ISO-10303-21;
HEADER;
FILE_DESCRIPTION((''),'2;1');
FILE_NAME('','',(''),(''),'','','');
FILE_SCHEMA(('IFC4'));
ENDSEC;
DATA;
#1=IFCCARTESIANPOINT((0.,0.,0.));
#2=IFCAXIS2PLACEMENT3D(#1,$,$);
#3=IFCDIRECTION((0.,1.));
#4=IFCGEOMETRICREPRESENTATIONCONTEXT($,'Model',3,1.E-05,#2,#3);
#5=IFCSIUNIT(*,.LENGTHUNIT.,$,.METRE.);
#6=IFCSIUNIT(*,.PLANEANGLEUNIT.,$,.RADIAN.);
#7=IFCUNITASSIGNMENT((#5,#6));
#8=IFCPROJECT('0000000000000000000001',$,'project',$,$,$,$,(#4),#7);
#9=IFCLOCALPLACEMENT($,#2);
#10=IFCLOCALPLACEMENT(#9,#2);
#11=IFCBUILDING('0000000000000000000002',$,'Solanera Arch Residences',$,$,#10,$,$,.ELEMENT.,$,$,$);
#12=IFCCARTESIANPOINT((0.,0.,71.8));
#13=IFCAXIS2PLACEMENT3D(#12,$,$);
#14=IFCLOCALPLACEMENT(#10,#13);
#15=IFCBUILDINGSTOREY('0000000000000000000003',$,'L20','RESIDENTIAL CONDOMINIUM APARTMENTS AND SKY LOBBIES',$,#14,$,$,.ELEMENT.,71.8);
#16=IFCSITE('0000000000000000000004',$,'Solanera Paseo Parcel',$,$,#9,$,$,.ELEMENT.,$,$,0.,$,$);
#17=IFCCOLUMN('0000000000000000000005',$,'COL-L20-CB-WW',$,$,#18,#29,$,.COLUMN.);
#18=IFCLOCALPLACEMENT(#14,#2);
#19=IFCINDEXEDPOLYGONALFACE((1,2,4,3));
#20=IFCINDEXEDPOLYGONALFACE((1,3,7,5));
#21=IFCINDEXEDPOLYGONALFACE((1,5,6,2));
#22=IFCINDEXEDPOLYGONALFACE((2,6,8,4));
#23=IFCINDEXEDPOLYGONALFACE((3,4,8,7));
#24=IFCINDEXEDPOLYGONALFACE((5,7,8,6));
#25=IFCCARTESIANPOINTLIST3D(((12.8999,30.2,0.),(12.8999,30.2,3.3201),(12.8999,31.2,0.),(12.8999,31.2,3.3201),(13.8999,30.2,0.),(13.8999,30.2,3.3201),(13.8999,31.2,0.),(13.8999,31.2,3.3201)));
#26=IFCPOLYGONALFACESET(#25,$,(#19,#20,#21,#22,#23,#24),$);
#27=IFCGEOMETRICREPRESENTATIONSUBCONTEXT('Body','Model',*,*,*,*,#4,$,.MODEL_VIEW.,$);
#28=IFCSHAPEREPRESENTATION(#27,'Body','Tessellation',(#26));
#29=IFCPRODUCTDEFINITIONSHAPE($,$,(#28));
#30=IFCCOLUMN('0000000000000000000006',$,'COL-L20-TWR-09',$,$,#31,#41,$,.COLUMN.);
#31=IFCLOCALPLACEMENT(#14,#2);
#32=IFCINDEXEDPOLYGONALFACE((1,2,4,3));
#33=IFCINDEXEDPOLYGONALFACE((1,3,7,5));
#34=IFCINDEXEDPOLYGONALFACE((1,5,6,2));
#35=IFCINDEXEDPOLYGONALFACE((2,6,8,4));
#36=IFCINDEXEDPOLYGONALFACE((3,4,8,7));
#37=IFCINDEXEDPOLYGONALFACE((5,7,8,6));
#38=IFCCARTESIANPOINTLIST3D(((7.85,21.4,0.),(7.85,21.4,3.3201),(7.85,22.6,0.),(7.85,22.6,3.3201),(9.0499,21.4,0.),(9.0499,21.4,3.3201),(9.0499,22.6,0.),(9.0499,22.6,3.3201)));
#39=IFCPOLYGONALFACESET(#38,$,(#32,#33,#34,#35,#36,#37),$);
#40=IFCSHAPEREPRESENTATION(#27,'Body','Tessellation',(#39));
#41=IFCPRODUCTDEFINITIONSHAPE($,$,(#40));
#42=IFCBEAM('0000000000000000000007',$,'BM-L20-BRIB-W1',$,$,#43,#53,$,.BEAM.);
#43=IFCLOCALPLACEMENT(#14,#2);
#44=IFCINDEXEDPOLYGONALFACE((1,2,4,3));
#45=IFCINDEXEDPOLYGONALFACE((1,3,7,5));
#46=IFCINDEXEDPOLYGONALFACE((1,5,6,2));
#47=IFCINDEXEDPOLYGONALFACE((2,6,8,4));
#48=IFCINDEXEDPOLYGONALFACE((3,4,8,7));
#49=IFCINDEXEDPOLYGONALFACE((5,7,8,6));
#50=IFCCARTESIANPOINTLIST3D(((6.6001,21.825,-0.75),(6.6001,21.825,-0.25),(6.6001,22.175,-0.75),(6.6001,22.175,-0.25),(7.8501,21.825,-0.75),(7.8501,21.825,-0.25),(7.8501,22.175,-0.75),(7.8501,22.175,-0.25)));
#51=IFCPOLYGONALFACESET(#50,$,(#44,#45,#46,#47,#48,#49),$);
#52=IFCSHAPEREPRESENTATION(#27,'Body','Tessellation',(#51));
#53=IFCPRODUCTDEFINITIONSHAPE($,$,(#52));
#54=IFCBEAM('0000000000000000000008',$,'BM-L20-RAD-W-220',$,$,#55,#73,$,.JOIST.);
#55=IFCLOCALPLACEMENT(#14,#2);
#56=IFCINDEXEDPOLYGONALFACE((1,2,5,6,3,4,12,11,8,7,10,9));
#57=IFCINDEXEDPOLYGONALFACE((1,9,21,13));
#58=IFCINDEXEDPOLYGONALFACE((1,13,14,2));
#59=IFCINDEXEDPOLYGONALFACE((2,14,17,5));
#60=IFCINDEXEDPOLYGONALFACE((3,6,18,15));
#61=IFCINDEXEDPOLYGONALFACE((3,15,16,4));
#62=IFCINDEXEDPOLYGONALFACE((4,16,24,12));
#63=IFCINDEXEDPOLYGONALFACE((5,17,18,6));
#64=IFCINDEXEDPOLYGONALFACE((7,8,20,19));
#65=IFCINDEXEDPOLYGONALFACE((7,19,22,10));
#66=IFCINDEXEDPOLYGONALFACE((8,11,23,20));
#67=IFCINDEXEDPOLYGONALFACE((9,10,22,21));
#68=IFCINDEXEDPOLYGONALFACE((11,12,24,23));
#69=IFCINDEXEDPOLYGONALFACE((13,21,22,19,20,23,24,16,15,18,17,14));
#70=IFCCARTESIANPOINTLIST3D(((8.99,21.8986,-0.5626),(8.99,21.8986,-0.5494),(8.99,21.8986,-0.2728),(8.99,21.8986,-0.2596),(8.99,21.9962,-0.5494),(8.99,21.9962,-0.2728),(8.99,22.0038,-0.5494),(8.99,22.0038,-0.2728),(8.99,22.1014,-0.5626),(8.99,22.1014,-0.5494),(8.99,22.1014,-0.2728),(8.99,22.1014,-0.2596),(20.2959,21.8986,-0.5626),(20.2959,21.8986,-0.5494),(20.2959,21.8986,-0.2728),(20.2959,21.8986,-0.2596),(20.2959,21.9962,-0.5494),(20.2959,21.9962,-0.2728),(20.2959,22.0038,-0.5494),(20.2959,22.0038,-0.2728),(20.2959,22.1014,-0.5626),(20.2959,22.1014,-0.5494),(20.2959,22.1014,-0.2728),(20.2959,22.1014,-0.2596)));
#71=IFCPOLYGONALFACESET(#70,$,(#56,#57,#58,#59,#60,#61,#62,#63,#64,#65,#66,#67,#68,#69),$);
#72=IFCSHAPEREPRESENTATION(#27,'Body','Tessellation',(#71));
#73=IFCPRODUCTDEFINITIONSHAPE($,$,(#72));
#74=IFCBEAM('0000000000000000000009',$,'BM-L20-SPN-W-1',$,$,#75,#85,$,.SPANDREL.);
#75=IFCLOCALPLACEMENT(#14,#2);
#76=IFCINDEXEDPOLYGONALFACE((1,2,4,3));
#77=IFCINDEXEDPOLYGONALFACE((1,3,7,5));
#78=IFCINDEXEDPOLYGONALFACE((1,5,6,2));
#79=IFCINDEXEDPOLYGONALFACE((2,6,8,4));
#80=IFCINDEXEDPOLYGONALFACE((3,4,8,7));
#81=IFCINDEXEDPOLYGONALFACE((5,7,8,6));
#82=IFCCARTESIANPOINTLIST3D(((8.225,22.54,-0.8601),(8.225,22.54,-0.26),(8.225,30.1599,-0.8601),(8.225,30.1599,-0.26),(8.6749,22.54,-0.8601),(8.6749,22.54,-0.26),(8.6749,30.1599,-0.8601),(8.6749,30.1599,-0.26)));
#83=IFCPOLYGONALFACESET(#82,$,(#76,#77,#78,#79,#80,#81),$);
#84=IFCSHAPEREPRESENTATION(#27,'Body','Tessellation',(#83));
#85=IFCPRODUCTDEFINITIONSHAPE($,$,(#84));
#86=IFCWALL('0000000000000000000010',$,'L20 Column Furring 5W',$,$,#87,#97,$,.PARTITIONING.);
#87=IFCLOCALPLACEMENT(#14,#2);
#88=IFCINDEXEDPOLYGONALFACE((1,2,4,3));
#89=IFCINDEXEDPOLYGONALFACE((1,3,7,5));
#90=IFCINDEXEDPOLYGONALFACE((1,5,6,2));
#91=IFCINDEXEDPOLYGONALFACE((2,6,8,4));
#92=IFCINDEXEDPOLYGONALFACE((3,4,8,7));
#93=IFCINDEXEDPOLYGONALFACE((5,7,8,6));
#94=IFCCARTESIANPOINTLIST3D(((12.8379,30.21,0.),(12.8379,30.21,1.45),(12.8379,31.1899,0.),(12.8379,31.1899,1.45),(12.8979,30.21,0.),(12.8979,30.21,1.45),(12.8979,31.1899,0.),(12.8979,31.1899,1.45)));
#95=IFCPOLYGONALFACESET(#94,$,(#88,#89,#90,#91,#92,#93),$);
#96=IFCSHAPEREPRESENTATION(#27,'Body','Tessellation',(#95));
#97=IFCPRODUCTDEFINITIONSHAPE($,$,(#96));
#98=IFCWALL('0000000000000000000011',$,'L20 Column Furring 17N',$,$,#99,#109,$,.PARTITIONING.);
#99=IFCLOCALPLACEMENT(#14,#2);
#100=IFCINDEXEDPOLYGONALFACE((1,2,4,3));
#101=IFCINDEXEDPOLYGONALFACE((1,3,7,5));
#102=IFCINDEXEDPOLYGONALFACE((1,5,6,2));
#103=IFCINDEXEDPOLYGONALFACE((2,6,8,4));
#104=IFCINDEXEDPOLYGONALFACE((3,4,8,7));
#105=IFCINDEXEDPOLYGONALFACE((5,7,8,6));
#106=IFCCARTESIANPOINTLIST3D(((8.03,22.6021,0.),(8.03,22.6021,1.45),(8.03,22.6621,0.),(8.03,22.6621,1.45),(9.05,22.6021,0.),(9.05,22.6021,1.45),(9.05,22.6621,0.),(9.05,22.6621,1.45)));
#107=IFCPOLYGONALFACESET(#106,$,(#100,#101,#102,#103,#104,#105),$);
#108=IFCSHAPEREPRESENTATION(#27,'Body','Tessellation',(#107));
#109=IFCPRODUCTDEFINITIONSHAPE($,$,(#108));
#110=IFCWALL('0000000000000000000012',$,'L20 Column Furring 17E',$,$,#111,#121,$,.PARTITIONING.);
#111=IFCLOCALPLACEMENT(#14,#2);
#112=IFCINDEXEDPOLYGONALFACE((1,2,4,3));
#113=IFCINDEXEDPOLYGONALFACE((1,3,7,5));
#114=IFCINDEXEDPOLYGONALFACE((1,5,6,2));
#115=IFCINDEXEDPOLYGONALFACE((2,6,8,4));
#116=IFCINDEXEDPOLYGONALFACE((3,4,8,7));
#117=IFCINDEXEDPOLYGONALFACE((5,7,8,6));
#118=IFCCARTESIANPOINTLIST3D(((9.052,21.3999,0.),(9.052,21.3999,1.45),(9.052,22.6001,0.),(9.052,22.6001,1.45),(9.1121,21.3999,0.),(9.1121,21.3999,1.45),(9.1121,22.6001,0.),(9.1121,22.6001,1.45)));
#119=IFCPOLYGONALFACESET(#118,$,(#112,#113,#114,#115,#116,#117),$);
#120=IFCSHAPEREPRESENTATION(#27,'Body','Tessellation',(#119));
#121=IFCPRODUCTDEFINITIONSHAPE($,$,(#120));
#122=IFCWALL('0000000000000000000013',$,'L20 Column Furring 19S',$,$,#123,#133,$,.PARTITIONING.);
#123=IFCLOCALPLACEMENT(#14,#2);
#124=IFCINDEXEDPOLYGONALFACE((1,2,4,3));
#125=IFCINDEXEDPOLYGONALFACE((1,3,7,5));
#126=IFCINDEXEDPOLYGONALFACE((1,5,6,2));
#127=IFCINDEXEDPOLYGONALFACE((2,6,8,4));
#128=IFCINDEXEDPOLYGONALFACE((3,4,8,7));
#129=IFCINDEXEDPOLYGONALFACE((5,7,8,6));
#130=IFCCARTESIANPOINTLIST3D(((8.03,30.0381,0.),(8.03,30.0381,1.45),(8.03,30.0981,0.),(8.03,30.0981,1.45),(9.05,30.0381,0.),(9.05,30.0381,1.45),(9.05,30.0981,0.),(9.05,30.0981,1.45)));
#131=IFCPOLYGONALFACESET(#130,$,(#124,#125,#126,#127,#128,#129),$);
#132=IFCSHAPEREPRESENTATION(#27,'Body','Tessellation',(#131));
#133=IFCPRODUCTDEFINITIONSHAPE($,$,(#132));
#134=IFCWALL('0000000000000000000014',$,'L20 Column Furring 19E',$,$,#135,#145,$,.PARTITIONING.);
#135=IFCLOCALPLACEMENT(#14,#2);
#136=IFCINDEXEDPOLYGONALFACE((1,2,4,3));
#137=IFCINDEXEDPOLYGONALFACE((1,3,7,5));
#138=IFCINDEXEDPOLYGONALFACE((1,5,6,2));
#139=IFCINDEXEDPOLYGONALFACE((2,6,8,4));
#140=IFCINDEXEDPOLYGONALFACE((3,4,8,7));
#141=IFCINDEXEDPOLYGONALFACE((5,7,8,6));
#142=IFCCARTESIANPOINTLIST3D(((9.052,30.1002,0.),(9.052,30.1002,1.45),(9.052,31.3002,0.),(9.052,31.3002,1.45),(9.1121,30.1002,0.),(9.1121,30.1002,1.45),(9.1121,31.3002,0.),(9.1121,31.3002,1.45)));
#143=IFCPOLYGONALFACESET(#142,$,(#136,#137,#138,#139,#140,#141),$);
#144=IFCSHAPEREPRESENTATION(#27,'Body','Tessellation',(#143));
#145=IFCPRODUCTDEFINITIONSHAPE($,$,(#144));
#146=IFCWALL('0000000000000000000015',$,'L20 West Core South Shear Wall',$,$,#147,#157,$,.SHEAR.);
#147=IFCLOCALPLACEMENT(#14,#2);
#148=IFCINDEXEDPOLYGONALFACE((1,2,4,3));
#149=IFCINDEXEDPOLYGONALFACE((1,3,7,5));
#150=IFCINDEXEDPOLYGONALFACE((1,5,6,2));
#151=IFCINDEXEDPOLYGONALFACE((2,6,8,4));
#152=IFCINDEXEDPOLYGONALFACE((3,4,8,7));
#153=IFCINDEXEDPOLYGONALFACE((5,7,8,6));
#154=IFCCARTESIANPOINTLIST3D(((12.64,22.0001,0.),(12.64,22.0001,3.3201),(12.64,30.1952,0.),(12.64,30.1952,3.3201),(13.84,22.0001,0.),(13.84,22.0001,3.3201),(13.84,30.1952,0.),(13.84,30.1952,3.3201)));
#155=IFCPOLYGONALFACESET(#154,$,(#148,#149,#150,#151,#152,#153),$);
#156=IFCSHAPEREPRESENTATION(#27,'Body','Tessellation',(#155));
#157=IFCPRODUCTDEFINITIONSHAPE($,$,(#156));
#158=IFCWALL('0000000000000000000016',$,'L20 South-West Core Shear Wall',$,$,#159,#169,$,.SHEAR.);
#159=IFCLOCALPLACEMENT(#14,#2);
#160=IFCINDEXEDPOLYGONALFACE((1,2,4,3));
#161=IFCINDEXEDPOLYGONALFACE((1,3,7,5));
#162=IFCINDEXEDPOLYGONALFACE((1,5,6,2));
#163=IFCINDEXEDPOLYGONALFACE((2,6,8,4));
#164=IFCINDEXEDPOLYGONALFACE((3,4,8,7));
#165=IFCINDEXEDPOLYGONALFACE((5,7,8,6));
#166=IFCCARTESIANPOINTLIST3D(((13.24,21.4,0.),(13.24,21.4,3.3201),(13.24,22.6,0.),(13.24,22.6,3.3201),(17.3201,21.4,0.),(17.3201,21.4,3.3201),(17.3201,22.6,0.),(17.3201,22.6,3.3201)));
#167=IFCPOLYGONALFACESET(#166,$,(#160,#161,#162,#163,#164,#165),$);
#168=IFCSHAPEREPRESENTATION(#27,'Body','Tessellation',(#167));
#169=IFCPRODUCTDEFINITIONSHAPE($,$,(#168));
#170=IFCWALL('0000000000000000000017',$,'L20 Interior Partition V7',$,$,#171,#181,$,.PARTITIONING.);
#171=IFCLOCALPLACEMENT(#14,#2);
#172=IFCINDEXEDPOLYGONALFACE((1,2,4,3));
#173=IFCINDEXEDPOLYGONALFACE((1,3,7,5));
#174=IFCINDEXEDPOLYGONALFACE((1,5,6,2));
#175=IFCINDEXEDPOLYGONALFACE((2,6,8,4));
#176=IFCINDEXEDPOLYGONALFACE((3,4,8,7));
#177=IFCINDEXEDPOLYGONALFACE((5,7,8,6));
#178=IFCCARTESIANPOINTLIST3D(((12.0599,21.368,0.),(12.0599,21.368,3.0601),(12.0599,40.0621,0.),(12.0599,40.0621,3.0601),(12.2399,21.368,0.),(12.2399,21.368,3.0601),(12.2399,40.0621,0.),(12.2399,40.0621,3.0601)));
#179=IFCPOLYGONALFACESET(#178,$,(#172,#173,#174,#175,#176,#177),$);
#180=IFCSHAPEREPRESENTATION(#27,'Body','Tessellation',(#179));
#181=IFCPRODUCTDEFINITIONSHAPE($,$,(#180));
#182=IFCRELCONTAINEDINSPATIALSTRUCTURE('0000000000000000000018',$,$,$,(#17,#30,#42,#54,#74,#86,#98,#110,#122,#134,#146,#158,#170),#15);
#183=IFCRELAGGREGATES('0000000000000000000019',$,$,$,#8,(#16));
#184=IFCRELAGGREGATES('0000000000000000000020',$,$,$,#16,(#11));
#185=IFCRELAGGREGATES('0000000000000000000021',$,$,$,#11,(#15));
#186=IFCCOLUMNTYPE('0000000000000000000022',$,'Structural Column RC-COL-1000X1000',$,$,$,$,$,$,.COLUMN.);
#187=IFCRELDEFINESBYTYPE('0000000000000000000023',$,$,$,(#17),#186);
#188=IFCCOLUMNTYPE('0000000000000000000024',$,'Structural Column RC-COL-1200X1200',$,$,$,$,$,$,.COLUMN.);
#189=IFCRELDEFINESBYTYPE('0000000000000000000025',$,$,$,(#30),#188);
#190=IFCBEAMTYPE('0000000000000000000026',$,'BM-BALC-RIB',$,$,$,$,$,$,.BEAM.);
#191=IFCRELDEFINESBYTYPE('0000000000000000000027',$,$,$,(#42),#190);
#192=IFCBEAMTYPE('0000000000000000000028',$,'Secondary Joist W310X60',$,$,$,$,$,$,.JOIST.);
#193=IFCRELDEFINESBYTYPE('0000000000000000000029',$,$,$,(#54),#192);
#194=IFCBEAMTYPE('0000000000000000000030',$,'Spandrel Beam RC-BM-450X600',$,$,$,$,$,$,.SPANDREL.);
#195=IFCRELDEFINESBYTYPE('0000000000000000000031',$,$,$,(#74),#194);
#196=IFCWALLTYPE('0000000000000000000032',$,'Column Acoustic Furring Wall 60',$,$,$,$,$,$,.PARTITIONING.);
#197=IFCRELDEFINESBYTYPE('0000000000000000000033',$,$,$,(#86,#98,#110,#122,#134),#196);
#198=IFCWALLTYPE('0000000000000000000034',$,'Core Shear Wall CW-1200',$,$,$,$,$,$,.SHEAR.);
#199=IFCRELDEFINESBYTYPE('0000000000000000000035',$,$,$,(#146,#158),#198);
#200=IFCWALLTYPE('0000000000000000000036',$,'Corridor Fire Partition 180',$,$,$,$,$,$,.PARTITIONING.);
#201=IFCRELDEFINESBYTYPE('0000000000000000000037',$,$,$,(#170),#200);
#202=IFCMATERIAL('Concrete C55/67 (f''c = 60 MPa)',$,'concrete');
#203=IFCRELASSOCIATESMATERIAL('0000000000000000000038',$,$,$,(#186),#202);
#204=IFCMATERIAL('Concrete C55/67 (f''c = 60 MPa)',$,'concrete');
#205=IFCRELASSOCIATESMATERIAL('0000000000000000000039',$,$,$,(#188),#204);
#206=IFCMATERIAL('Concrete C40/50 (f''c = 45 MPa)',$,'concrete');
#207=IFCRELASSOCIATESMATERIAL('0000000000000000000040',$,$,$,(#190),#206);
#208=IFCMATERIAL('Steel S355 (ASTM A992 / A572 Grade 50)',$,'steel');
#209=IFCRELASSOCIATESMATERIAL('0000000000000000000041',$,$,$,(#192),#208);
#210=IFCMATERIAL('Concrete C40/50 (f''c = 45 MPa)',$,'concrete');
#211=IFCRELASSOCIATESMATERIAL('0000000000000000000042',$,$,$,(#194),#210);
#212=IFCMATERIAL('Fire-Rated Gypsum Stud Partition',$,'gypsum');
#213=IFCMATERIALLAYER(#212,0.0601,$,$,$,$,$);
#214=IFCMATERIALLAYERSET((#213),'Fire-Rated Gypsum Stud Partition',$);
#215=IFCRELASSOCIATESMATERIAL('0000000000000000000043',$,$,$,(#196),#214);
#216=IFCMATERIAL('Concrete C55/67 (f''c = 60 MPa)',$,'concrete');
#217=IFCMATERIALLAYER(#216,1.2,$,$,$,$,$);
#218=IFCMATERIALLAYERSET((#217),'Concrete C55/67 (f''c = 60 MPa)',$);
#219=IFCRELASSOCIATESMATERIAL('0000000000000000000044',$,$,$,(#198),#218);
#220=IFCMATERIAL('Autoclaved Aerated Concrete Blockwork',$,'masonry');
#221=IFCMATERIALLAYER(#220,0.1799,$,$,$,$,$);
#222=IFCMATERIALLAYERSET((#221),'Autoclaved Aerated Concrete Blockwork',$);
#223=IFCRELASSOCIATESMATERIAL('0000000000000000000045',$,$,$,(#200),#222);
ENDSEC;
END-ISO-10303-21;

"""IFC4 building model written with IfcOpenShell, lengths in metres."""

from ifc_helpers import new_model, si_unit, direction, frame, frame_2d, origin, origin_2d, place, context, subcontext, project, spatial, rectangle, i_section, extrude, material, layer, layer_set, material_profile, profile_set, type_object, element, save


model = new_model("IFC4")

# Units and contexts
model_context = context("Model", 3, precision=1e-05, world=origin(), true_north=direction((0.0, 1.0)))
body_context = subcontext(model_context, "Body", "Model", "MODEL_VIEW")
ifc_project = project(units=[si_unit("LENGTHUNIT", "METRE"), si_unit("PLANEANGLEUNIT", "RADIAN")], contexts=[model_context])

# Site, building, storey
site_placement = place(None, origin())
site = spatial("IfcSite", under=ifc_project, at=site_placement, Name="Solanera Paseo Parcel", CompositionType="ELEMENT", RefElevation=0.0)
building_placement = place(site_placement, origin())
building = spatial("IfcBuilding", under=site, at=building_placement, Name="Solanera Arch Residences", CompositionType="ELEMENT")
storey_placement = place(building_placement, frame((0.0, 0.0, 71.8)))
storey = spatial("IfcBuildingStorey", under=building, at=storey_placement, Name="L20", Description="RESIDENTIAL CONDOMINIUM APARTMENTS AND SKY LOBBIES", CompositionType="ELEMENT", Elevation=71.8)

# Columns
ifc_material_1 = material(Name="Concrete C55/67 (f'c = 60 MPa)", Category="concrete")
ifc_material_profile_1 = material_profile(ifc_material_1, rectangle(XDim=1.0, YDim=1.0, at=origin_2d()))
ifc_profile_set_1 = profile_set([ifc_material_profile_1], Name="Concrete C55/67 (f'c = 60 MPa)")
column_type_1 = type_object("IfcColumnType", Name="Structural Column RC-COL-1000X1000", PredefinedType="COLUMN", material=ifc_profile_set_1)
column_1_placement = place(storey_placement, frame((13.3999, 30.7, 0.0), z_axis=(0.0, 0.0, 1.0), x_axis=(1.0, 0.0, 0.0)))
element("IfcColumn", 1, at=column_1_placement, inside=storey, type_object=column_type_1, Name="COL-L20-CB-WW", PredefinedType="COLUMN", context=body_context, shape_type="SweptSolid", body=[
    extrude(rectangle(XDim=1.0, YDim=1.0, at=origin_2d()), origin(), (0.0, 0.0, 1.0), 3.3201),
])
ifc_material_2 = material(Name="Concrete C55/67 (f'c = 60 MPa)", Category="concrete")
ifc_material_profile_2 = material_profile(ifc_material_2, rectangle(XDim=1.2, YDim=1.2, at=origin_2d()))
ifc_profile_set_2 = profile_set([ifc_material_profile_2], Name="Concrete C55/67 (f'c = 60 MPa)")
column_type_2 = type_object("IfcColumnType", Name="Structural Column RC-COL-1200X1200", PredefinedType="COLUMN", material=ifc_profile_set_2)
column_2_placement = place(storey_placement, frame((8.45, 22.0, 0.0), z_axis=(0.0, 0.0, 1.0), x_axis=(1.0, 0.0, 0.0)))
element("IfcColumn", 2, at=column_2_placement, inside=storey, type_object=column_type_2, Name="COL-L20-TWR-09", PredefinedType="COLUMN", context=body_context, shape_type="SweptSolid", body=[
    extrude(rectangle(XDim=1.2, YDim=1.2, at=origin_2d()), origin(), (0.0, 0.0, 1.0), 3.3201),
])

# Beams
ifc_material_3 = material(Name="Concrete C40/50 (f'c = 45 MPa)", Category="concrete")
ifc_material_profile_3 = material_profile(ifc_material_3, rectangle(XDim=0.3501, YDim=0.5, at=origin_2d()))
ifc_profile_set_3 = profile_set([ifc_material_profile_3], Name="Concrete C40/50 (f'c = 45 MPa)")
beam_type_1 = type_object("IfcBeamType", Name="BM-BALC-RIB", PredefinedType="BEAM", material=ifc_profile_set_3)
beam_1_placement = place(storey_placement, frame((6.6001, 22.0, -0.5), z_axis=(1.0, 0.0, 0.0), x_axis=(0.0, 1.0, 0.0)))
element("IfcBeam", 3, at=beam_1_placement, inside=storey, type_object=beam_type_1, Name="BM-L20-BRIB-W1", PredefinedType="BEAM", context=body_context, shape_type="SweptSolid", body=[
    extrude(rectangle(XDim=0.3501, YDim=0.5, at=origin_2d()), origin(), (0.0, 0.0, 1.0), 1.25),
])
ifc_material_4 = material(Name="Steel S355 (ASTM A992 / A572 Grade 50)", Category="steel")
ifc_material_profile_4 = material_profile(ifc_material_4, i_section(OverallWidth=0.2029, OverallDepth=0.303, WebThickness=0.0076, FlangeThickness=0.0132, at=origin_2d()))
ifc_profile_set_4 = profile_set([ifc_material_profile_4], Name="Steel S355 (ASTM A992 / A572 Grade 50)")
beam_type_2 = type_object("IfcBeamType", Name="Secondary Joist W310X60", PredefinedType="JOIST", material=ifc_profile_set_4)
beam_2_placement = place(storey_placement, frame((8.99, 22.0, -0.4111), z_axis=(1.0, 0.0, 0.0), x_axis=(0.0, 1.0, 0.0)))
element("IfcBeam", 4, at=beam_2_placement, inside=storey, type_object=beam_type_2, Name="BM-L20-RAD-W-220", PredefinedType="JOIST", context=body_context, shape_type="SweptSolid", body=[
    extrude(i_section(OverallWidth=0.2029, OverallDepth=0.303, WebThickness=0.0076, FlangeThickness=0.0132, at=origin_2d()), origin(), (0.0, 0.0, 1.0), 11.3059),
])
ifc_material_5 = material(Name="Concrete C40/50 (f'c = 45 MPa)", Category="concrete")
ifc_material_profile_5 = material_profile(ifc_material_5, rectangle(XDim=0.45, YDim=0.6001, at=origin_2d()))
ifc_profile_set_5 = profile_set([ifc_material_profile_5], Name="Concrete C40/50 (f'c = 45 MPa)")
beam_type_3 = type_object("IfcBeamType", Name="Spandrel Beam RC-BM-450X600", PredefinedType="SPANDREL", material=ifc_profile_set_5)
beam_3_placement = place(storey_placement, frame((8.45, 22.54, -0.5601), z_axis=(0.0, 1.0, 0.0), x_axis=(-1.0, 0.0, 0.0)))
element("IfcBeam", 5, at=beam_3_placement, inside=storey, type_object=beam_type_3, Name="BM-L20-SPN-W-1", PredefinedType="SPANDREL", context=body_context, shape_type="SweptSolid", body=[
    extrude(rectangle(XDim=0.45, YDim=0.6001, at=origin_2d()), origin(), (0.0, 0.0, 1.0), 7.6199),
])

# Walls
ifc_material_6 = material(Name="Fire-Rated Gypsum Stud Partition", Category="gypsum")
ifc_layer_1 = layer(ifc_material_6, 0.0601)
ifc_layer_set_1 = layer_set([ifc_layer_1], Name="Fire-Rated Gypsum Stud Partition")
wall_type_1 = type_object("IfcWallType", Name="Column Acoustic Furring Wall 60", PredefinedType="PARTITIONING", material=ifc_layer_set_1)
wall_1_placement = place(storey_placement, frame((12.8679, 30.21, 0.0), z_axis=(0.0, 0.0, 1.0), x_axis=(0.0, 1.0, 0.0)))
element("IfcWall", 6, at=wall_1_placement, inside=storey, type_object=wall_type_1, Name="L20 Column Furring 5W", PredefinedType="PARTITIONING", context=body_context, shape_type="SweptSolid", body=[
    extrude(rectangle(XDim=0.98, YDim=0.0601, at=frame_2d((0.49, 0.0))), origin(), (0.0, 0.0, 1.0), 1.45),
])
wall_2_placement = place(storey_placement, frame((8.03, 22.6321, 0.0), z_axis=(0.0, 0.0, 1.0), x_axis=(1.0, 0.0, 0.0)))
element("IfcWall", 7, at=wall_2_placement, inside=storey, type_object=wall_type_1, Name="L20 Column Furring 17N", PredefinedType="PARTITIONING", context=body_context, shape_type="SweptSolid", body=[
    extrude(rectangle(XDim=1.02, YDim=0.0601, at=frame_2d((0.51, 0.0))), origin(), (0.0, 0.0, 1.0), 1.45),
])
wall_3_placement = place(storey_placement, frame((9.082, 21.3999, 0.0), z_axis=(0.0, 0.0, 1.0), x_axis=(0.0, 1.0, 0.0)))
element("IfcWall", 8, at=wall_3_placement, inside=storey, type_object=wall_type_1, Name="L20 Column Furring 17E", PredefinedType="PARTITIONING", context=body_context, shape_type="SweptSolid", body=[
    extrude(rectangle(XDim=1.2002, YDim=0.0601, at=frame_2d((0.6001, 0.0))), origin(), (0.0, 0.0, 1.0), 1.45),
])
wall_4_placement = place(storey_placement, frame((8.03, 30.0681, 0.0), z_axis=(0.0, 0.0, 1.0), x_axis=(1.0, 0.0, 0.0)))
element("IfcWall", 9, at=wall_4_placement, inside=storey, type_object=wall_type_1, Name="L20 Column Furring 19S", PredefinedType="PARTITIONING", context=body_context, shape_type="SweptSolid", body=[
    extrude(rectangle(XDim=1.02, YDim=0.0601, at=frame_2d((0.51, 0.0))), origin(), (0.0, 0.0, 1.0), 1.45),
])
wall_5_placement = place(storey_placement, frame((9.082, 30.1001, 0.0), z_axis=(0.0, 0.0, 1.0), x_axis=(0.0, 1.0, 0.0)))
element("IfcWall", 10, at=wall_5_placement, inside=storey, type_object=wall_type_1, Name="L20 Column Furring 19E", PredefinedType="PARTITIONING", context=body_context, shape_type="SweptSolid", body=[
    extrude(rectangle(XDim=1.2, YDim=0.0601, at=frame_2d((0.6001, 0.0))), origin(), (0.0, 0.0, 1.0), 1.45),
])
ifc_material_7 = material(Name="Concrete C55/67 (f'c = 60 MPa)", Category="concrete")
ifc_layer_2 = layer(ifc_material_7, 1.2)
ifc_layer_set_2 = layer_set([ifc_layer_2], Name="Concrete C55/67 (f'c = 60 MPa)")
wall_type_2 = type_object("IfcWallType", Name="Core Shear Wall CW-1200", PredefinedType="SHEAR", material=ifc_layer_set_2)
wall_6_placement = place(storey_placement, frame((13.24, 22.0, 0.0), z_axis=(0.0, 0.0, 1.0), x_axis=(0.0, 1.0, 0.0)))
element("IfcWall", 11, at=wall_6_placement, inside=storey, type_object=wall_type_2, Name="L20 West Core South Shear Wall", PredefinedType="SHEAR", context=body_context, shape_type="SweptSolid", body=[
    extrude(rectangle(XDim=8.1951, YDim=1.2, at=frame_2d((4.0977, 0.0))), origin(), (0.0, 0.0, 1.0), 3.3201),
])
wall_7_placement = place(storey_placement, frame((13.24, 22.0, 0.0), z_axis=(0.0, 0.0, 1.0), x_axis=(1.0, 0.0, 0.0)))
element("IfcWall", 12, at=wall_7_placement, inside=storey, type_object=wall_type_2, Name="L20 South-West Core Shear Wall", PredefinedType="SHEAR", context=body_context, shape_type="SweptSolid", body=[
    extrude(rectangle(XDim=4.0801, YDim=1.2, at=frame_2d((2.04, 0.0))), origin(), (0.0, 0.0, 1.0), 3.3201),
])
ifc_material_8 = material(Name="Autoclaved Aerated Concrete Blockwork", Category="masonry")
ifc_layer_3 = layer(ifc_material_8, 0.1799)
ifc_layer_set_3 = layer_set([ifc_layer_3], Name="Autoclaved Aerated Concrete Blockwork")
wall_type_3 = type_object("IfcWallType", Name="Corridor Fire Partition 180", PredefinedType="PARTITIONING", material=ifc_layer_set_3)
wall_8_placement = place(storey_placement, frame((12.1499, 21.3679, 0.0), z_axis=(0.0, 0.0, 1.0), x_axis=(0.0, 1.0, 0.0)))
element("IfcWall", 13, at=wall_8_placement, inside=storey, type_object=wall_type_3, Name="L20 Interior Partition V7", PredefinedType="PARTITIONING", context=body_context, shape_type="SweptSolid", body=[
    extrude(rectangle(XDim=18.6941, YDim=0.1799, at=frame_2d((9.3472, 0.0))), origin(), (0.0, 0.0, 1.0), 3.0601),
])

save(model, "model.ifc")
